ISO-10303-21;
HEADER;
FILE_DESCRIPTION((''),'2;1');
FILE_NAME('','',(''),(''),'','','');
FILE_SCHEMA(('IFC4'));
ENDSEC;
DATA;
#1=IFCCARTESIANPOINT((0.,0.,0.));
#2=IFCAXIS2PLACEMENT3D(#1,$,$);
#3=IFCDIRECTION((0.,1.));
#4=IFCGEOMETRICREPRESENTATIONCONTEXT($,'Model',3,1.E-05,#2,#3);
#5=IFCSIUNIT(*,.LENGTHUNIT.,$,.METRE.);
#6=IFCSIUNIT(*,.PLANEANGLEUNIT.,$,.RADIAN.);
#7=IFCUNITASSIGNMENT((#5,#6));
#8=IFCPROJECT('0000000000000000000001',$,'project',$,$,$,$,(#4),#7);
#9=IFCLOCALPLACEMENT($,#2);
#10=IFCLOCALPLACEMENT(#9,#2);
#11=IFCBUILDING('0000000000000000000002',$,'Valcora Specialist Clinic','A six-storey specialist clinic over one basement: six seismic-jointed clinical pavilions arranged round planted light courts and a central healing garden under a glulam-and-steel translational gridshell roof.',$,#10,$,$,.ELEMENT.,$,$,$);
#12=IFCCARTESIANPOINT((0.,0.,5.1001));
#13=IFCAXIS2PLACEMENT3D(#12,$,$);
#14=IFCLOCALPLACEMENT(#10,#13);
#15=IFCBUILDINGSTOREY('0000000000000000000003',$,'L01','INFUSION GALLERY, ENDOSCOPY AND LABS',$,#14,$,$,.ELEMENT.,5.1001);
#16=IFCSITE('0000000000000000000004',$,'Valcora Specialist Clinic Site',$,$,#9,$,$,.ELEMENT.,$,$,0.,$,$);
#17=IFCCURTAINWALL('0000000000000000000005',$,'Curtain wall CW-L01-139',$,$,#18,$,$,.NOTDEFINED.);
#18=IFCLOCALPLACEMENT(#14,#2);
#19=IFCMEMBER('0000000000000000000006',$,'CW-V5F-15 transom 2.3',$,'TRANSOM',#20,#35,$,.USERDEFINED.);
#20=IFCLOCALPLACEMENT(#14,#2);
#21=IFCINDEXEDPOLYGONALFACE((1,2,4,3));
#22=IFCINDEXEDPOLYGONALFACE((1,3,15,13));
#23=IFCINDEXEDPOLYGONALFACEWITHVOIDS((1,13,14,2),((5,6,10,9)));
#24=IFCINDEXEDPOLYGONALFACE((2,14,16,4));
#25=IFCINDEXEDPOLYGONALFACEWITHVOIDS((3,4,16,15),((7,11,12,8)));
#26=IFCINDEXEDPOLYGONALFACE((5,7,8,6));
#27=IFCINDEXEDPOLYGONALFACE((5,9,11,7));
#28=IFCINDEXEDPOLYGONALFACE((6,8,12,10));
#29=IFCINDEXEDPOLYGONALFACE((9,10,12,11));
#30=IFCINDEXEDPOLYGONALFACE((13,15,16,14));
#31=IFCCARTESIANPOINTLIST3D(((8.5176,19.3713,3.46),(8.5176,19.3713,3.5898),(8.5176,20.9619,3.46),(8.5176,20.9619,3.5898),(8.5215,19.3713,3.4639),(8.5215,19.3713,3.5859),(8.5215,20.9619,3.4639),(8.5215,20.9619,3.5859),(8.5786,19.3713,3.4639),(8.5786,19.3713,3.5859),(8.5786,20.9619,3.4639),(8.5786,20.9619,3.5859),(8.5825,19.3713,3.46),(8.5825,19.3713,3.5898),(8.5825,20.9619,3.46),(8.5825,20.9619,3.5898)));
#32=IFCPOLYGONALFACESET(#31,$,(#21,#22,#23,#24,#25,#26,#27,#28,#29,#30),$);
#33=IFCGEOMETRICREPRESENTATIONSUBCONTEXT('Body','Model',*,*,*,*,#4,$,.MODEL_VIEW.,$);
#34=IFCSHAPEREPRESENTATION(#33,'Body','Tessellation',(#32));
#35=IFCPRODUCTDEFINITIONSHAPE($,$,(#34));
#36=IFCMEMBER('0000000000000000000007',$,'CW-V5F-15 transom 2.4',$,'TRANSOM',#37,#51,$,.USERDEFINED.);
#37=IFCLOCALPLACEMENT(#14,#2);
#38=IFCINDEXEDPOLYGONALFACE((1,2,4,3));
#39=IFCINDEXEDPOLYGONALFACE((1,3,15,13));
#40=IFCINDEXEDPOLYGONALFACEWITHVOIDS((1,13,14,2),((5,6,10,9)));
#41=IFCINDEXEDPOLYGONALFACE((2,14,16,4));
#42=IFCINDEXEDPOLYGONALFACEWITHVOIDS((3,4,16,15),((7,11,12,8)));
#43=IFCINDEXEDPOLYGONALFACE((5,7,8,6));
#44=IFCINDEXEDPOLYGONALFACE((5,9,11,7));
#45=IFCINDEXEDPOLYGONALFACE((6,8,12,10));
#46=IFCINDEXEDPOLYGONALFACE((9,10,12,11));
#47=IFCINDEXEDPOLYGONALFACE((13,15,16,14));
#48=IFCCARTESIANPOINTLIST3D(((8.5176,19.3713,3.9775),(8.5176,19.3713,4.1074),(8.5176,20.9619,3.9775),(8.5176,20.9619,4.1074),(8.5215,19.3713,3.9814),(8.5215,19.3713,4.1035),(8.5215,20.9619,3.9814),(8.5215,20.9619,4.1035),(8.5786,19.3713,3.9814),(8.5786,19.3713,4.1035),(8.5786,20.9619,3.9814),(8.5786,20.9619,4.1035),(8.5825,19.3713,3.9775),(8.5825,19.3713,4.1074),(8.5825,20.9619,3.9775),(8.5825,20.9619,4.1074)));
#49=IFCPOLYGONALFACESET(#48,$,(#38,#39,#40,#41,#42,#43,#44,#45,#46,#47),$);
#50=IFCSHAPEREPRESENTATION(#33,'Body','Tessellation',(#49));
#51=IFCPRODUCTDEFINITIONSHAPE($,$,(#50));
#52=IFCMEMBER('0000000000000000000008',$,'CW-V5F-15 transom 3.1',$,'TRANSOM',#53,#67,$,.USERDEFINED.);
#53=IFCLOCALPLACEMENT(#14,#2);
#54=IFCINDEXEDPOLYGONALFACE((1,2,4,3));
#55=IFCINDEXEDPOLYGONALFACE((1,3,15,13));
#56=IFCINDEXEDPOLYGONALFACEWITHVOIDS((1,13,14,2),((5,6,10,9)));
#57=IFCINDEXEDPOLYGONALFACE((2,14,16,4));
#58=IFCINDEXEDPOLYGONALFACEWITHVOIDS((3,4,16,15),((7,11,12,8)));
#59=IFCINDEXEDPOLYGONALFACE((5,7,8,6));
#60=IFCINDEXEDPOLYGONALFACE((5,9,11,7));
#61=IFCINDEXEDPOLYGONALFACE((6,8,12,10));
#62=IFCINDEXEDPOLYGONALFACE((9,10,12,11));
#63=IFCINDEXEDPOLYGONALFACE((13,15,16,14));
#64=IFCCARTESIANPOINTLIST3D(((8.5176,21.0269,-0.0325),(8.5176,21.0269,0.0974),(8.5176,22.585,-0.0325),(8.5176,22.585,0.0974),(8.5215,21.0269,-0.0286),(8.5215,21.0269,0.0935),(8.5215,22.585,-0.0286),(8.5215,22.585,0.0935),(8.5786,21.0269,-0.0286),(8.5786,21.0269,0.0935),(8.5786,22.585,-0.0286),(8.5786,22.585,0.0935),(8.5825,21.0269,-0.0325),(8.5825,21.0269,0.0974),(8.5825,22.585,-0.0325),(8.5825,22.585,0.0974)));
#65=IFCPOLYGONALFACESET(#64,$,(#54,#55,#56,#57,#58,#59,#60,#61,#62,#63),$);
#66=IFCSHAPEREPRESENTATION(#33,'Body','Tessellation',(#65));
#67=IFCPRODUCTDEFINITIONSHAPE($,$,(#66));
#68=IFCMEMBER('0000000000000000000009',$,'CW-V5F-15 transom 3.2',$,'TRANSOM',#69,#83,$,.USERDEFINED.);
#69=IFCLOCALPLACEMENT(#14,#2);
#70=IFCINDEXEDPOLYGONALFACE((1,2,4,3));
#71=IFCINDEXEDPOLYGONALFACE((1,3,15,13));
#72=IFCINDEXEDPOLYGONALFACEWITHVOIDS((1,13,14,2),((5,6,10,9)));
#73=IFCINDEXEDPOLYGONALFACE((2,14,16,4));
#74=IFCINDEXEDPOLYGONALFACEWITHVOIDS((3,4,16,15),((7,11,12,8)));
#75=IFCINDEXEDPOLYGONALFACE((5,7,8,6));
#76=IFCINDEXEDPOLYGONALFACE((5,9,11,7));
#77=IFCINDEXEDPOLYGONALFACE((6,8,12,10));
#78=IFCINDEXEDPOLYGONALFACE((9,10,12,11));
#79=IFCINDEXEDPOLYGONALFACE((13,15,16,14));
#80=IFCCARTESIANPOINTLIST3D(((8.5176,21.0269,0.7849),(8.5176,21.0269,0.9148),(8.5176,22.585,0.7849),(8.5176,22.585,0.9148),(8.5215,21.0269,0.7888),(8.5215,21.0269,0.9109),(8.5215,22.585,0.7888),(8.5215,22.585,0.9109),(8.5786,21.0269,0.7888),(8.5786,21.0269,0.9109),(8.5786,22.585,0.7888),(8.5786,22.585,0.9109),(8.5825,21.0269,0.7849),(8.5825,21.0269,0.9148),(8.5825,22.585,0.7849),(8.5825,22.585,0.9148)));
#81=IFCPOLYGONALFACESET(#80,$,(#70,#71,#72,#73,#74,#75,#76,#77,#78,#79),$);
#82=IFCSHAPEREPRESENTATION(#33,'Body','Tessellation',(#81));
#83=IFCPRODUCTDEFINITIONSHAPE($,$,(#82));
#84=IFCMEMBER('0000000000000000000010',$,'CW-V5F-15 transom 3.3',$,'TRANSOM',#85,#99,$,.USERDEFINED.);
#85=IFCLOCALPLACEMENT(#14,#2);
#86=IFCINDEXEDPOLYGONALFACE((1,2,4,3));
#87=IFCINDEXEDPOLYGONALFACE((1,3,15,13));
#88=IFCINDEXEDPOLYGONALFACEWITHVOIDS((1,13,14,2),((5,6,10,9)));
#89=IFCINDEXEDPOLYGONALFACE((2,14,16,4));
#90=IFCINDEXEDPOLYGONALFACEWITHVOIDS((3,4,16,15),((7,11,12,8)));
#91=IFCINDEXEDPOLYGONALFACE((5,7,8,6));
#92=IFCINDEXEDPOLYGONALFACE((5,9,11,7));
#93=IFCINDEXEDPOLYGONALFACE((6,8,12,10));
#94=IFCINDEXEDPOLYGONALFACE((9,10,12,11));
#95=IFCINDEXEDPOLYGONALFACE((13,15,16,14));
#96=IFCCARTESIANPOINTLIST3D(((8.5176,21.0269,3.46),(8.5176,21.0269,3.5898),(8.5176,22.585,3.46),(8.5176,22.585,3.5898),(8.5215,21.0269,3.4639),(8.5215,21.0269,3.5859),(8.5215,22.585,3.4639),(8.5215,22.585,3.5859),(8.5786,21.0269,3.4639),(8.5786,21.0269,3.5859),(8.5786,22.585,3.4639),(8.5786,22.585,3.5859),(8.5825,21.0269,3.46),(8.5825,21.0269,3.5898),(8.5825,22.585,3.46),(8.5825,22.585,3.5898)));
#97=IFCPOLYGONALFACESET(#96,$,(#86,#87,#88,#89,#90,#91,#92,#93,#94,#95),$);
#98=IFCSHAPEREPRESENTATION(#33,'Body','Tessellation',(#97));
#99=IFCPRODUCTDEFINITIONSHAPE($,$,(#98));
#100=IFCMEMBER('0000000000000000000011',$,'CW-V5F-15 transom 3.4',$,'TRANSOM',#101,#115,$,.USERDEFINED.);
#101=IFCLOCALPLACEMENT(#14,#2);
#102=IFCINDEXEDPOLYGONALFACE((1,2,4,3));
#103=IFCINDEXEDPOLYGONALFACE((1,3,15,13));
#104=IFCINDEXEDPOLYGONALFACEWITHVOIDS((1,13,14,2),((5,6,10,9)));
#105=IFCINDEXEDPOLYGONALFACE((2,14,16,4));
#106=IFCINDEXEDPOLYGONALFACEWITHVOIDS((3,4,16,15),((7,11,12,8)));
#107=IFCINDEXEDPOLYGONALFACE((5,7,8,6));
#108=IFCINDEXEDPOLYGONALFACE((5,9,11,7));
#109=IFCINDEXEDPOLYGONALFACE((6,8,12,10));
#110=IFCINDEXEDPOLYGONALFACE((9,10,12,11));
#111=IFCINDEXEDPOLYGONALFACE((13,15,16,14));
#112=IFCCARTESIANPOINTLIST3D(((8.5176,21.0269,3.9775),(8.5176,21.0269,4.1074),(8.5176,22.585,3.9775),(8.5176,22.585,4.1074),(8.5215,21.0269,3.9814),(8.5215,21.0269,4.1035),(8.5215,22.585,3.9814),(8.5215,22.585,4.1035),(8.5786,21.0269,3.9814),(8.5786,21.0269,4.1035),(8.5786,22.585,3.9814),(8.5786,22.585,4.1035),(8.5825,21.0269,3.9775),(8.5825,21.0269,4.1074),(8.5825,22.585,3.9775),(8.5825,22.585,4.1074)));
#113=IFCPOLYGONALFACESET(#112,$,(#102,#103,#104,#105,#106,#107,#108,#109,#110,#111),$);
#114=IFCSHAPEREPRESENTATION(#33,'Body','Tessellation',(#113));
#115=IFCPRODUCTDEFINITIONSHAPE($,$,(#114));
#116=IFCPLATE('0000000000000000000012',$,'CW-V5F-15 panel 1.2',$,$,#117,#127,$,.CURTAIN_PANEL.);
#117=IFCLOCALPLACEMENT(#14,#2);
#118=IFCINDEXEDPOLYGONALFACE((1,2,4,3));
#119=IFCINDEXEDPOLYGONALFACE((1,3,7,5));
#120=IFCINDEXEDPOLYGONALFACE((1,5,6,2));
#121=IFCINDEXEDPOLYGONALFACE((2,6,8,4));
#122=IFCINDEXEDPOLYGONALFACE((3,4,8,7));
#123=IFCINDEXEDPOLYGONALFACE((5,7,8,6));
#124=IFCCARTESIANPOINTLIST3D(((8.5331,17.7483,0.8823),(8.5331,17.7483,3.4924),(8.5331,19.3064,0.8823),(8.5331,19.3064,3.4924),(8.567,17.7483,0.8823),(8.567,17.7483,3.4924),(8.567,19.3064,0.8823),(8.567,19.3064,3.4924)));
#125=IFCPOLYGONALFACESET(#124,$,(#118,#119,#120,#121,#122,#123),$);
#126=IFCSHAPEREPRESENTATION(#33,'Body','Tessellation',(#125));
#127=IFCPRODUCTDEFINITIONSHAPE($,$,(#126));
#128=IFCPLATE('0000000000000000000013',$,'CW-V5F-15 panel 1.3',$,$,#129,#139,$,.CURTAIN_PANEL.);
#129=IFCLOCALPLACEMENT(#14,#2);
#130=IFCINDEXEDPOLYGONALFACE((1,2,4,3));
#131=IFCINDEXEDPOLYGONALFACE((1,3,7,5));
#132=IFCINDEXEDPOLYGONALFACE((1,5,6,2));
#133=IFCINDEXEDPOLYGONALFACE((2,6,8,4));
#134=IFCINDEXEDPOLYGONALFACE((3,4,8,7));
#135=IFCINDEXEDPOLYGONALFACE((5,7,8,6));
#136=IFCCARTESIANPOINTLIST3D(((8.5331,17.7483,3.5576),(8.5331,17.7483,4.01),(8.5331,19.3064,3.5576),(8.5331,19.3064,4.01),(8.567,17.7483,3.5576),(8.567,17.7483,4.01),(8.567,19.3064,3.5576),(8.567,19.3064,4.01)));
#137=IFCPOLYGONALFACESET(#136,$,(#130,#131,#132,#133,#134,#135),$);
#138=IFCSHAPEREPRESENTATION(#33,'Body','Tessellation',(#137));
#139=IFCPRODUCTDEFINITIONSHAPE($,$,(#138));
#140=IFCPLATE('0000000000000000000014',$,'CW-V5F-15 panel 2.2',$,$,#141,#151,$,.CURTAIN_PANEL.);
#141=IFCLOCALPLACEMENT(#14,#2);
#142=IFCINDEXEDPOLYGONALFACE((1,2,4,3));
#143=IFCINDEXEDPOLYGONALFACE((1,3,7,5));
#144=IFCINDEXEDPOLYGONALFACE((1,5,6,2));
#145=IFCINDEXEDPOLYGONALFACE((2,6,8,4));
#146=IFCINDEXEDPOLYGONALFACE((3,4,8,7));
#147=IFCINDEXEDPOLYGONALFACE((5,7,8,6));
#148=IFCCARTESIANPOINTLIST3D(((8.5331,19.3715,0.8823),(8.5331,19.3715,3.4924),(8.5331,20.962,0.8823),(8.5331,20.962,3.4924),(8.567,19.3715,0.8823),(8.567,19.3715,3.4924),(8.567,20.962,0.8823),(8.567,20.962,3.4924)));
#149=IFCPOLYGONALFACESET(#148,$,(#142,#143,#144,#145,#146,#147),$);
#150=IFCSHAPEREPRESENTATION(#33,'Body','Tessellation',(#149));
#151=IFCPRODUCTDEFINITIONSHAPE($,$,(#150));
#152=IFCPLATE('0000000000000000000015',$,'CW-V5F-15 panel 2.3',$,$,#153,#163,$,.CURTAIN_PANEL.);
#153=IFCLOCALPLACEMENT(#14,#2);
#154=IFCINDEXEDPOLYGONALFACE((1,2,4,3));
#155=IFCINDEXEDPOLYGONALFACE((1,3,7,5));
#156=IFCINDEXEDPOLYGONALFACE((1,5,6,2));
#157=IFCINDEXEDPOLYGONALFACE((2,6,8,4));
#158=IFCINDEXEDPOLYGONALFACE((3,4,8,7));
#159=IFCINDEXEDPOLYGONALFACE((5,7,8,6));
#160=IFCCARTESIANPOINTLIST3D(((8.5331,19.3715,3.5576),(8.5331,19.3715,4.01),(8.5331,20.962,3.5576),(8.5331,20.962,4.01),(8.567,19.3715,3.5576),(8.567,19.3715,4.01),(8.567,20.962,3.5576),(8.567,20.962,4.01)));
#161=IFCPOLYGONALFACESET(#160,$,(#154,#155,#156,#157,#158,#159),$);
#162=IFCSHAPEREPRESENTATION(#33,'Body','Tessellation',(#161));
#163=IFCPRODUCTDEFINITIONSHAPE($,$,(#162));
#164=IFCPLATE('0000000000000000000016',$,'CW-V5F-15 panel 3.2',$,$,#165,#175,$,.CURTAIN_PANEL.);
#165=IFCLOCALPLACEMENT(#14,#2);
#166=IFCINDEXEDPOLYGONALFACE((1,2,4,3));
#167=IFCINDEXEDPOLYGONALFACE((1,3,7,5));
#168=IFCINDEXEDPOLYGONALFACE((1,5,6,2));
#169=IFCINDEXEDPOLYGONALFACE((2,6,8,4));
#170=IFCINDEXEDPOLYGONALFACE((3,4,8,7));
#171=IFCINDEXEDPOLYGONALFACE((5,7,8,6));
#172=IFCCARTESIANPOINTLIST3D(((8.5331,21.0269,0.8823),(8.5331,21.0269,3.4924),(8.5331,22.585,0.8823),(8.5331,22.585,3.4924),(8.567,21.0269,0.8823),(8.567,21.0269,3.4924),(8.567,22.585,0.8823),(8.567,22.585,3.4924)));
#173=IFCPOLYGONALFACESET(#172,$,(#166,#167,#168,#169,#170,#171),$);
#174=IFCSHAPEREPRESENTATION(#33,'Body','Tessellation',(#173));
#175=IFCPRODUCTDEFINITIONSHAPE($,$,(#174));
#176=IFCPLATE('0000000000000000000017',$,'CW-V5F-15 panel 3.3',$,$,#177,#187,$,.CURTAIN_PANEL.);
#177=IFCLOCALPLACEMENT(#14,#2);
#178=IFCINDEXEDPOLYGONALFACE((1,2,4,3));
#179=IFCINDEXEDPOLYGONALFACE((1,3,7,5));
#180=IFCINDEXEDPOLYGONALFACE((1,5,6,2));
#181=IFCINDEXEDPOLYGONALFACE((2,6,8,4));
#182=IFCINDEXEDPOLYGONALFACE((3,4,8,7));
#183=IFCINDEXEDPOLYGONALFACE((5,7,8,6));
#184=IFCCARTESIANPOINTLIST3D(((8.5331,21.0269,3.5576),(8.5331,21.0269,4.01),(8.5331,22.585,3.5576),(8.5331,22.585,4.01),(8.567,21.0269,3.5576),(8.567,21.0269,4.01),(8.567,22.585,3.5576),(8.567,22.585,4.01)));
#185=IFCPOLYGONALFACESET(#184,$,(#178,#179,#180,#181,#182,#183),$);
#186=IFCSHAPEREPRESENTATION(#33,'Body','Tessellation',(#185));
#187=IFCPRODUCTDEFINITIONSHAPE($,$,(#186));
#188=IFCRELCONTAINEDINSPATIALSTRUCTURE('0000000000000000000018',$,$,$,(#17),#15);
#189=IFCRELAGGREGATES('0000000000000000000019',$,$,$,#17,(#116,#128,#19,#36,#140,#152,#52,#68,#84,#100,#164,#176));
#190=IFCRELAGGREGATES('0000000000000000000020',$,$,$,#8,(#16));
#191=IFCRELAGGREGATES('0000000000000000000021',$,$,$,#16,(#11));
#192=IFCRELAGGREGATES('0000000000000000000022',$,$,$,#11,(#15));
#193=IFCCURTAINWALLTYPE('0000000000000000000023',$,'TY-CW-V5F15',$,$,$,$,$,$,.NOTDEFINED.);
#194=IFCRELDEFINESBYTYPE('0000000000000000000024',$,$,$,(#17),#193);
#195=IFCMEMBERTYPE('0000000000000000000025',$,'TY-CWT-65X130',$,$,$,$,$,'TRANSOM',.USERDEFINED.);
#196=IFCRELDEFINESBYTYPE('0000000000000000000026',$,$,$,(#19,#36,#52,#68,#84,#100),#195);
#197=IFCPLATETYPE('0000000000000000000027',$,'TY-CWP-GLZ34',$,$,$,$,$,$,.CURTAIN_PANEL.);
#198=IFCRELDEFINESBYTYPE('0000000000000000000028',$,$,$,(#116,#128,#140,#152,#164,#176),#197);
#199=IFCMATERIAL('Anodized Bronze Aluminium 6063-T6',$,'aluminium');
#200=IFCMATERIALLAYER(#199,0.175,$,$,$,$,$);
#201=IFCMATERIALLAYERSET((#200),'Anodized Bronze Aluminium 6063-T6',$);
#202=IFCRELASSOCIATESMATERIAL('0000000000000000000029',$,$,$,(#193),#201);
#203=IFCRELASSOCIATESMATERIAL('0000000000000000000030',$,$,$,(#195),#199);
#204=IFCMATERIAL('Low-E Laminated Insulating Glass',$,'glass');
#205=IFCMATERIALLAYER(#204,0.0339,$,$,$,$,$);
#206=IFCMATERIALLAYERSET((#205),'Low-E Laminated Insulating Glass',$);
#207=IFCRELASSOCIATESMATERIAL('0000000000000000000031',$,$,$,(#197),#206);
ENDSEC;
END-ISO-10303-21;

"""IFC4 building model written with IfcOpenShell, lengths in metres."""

from ifc_helpers import new_model, si_unit, direction, frame, origin, origin_2d, place, context, subcontext, project, spatial, rectangle, hollow_rectangle, extrude, material, layer, layer_set, material_profile, profile_set, type_object, element, aggregate, save


model = new_model("IFC4")

# Units and contexts
model_context = context("Model", 3, precision=1e-05, world=origin(), true_north=direction((0.0, 1.0)))
body_context = subcontext(model_context, "Body", "Model", "MODEL_VIEW")
ifc_project = project(units=[si_unit("LENGTHUNIT", "METRE"), si_unit("PLANEANGLEUNIT", "RADIAN")], contexts=[model_context])

# Site, building, storey
site_placement = place(None, origin())
site = spatial("IfcSite", under=ifc_project, at=site_placement, Name="Valcora Specialist Clinic Site", CompositionType="ELEMENT", RefElevation=0.0)
building_placement = place(site_placement, origin())
building = spatial("IfcBuilding", under=site, at=building_placement, Name="Valcora Specialist Clinic", Description="A six-storey specialist clinic over one basement: six seismic-jointed clinical pavilions arranged round planted light courts and a central healing garden under a glulam-and-steel translational gridshell roof.", CompositionType="ELEMENT")
storey_placement = place(building_placement, frame((0.0, 0.0, 5.1001)))
storey = spatial("IfcBuildingStorey", under=building, at=storey_placement, Name="L01", Description="INFUSION GALLERY, ENDOSCOPY AND LABS", CompositionType="ELEMENT", Elevation=5.1001)

# Curtain wall, members, plates
ifc_material_1 = material(Name="Anodized Bronze Aluminium 6063-T6", Category="aluminium")
ifc_layer_1 = layer(ifc_material_1, 0.175)
ifc_layer_set_1 = layer_set([ifc_layer_1], Name="Anodized Bronze Aluminium 6063-T6")
curtain_wall_type = type_object("IfcCurtainWallType", Name="TY-CW-V5F15", PredefinedType="NOTDEFINED", material=ifc_layer_set_1)
curtain_wall_placement = place(storey_placement, origin())
curtain_wall = element("IfcCurtainWall", 1, at=curtain_wall_placement, inside=storey, type_object=curtain_wall_type, Name="Curtain wall CW-L01-139", PredefinedType="NOTDEFINED")
ifc_material_profile_1 = material_profile(ifc_material_1, hollow_rectangle(XDim=0.0649, YDim=0.1299, WallThickness=0.0039, at=origin_2d()), Name="AL-TRN-65X130")
ifc_profile_set_1 = profile_set([ifc_material_profile_1], Name="Anodized Bronze Aluminium 6063-T6")
member_type_1 = type_object("IfcMemberType", Name="TY-CWT-65X130", ElementType="TRANSOM", PredefinedType="USERDEFINED", material=ifc_profile_set_1)
member_1_placement = place(storey_placement, frame((8.55, 19.3713, 3.5249), z_axis=(0.0, 1.0, 0.0), x_axis=(-1.0, 0.0, 0.0)))
member_1 = element("IfcMember", 2, at=member_1_placement, type_object=member_type_1, Name="CW-V5F-15 transom 2.3", ObjectType="TRANSOM", PredefinedType="USERDEFINED", context=body_context, shape_type="SweptSolid", body=[
    extrude(hollow_rectangle(XDim=0.0649, YDim=0.1299, WallThickness=0.0039, at=origin_2d()), origin(), (0.0, 0.0, 1.0), 1.5906),
])
member_2_placement = place(storey_placement, frame((8.55, 19.3713, 4.0425), z_axis=(0.0, 1.0, 0.0), x_axis=(-1.0, 0.0, 0.0)))
member_2 = element("IfcMember", 3, at=member_2_placement, type_object=member_type_1, Name="CW-V5F-15 transom 2.4", ObjectType="TRANSOM", PredefinedType="USERDEFINED", context=body_context, shape_type="SweptSolid", body=[
    extrude(hollow_rectangle(XDim=0.0649, YDim=0.1299, WallThickness=0.0039, at=origin_2d()), origin(), (0.0, 0.0, 1.0), 1.5906),
])
member_3_placement = place(storey_placement, frame((8.55, 21.0269, 0.0325), z_axis=(0.0, 1.0, 0.0), x_axis=(-1.0, 0.0, 0.0)))
member_3 = element("IfcMember", 4, at=member_3_placement, type_object=member_type_1, Name="CW-V5F-15 transom 3.1", ObjectType="TRANSOM", PredefinedType="USERDEFINED", context=body_context, shape_type="SweptSolid", body=[
    extrude(hollow_rectangle(XDim=0.0649, YDim=0.1299, WallThickness=0.0039, at=origin_2d()), origin(), (0.0, 0.0, 1.0), 1.5581),
])
member_4_placement = place(storey_placement, frame((8.55, 21.0269, 0.8499), z_axis=(0.0, 1.0, 0.0), x_axis=(-1.0, 0.0, 0.0)))
member_4 = element("IfcMember", 5, at=member_4_placement, type_object=member_type_1, Name="CW-V5F-15 transom 3.2", ObjectType="TRANSOM", PredefinedType="USERDEFINED", context=body_context, shape_type="SweptSolid", body=[
    extrude(hollow_rectangle(XDim=0.0649, YDim=0.1299, WallThickness=0.0039, at=origin_2d()), origin(), (0.0, 0.0, 1.0), 1.5581),
])
member_5_placement = place(storey_placement, frame((8.55, 21.0269, 3.5249), z_axis=(0.0, 1.0, 0.0), x_axis=(-1.0, 0.0, 0.0)))
member_5 = element("IfcMember", 6, at=member_5_placement, type_object=member_type_1, Name="CW-V5F-15 transom 3.3", ObjectType="TRANSOM", PredefinedType="USERDEFINED", context=body_context, shape_type="SweptSolid", body=[
    extrude(hollow_rectangle(XDim=0.0649, YDim=0.1299, WallThickness=0.0039, at=origin_2d()), origin(), (0.0, 0.0, 1.0), 1.5581),
])
member_6_placement = place(storey_placement, frame((8.55, 21.0269, 4.0425), z_axis=(0.0, 1.0, 0.0), x_axis=(-1.0, 0.0, 0.0)))
member_6 = element("IfcMember", 7, at=member_6_placement, type_object=member_type_1, Name="CW-V5F-15 transom 3.4", ObjectType="TRANSOM", PredefinedType="USERDEFINED", context=body_context, shape_type="SweptSolid", body=[
    extrude(hollow_rectangle(XDim=0.0649, YDim=0.1299, WallThickness=0.0039, at=origin_2d()), origin(), (0.0, 0.0, 1.0), 1.5581),
])
ifc_material_2 = material(Name="Low-E Laminated Insulating Glass", Category="glass")
ifc_layer_2 = layer(ifc_material_2, 0.0339)
ifc_layer_set_2 = layer_set([ifc_layer_2], Name="Low-E Laminated Insulating Glass")
plate_type_1 = type_object("IfcPlateType", Name="TY-CWP-GLZ34", PredefinedType="CURTAIN_PANEL", material=ifc_layer_set_2)
plate_1_placement = place(storey_placement, frame((8.55, 18.5273, 0.8823), z_axis=(0.0, 0.0, 1.0), x_axis=(0.0, 1.0, 0.0)))
plate_1 = element("IfcPlate", 8, at=plate_1_placement, type_object=plate_type_1, Name="CW-V5F-15 panel 1.2", PredefinedType="CURTAIN_PANEL", context=body_context, shape_type="SweptSolid", body=[
    extrude(rectangle(XDim=1.5581, YDim=0.0339, at=origin_2d()), origin(), (0.0, 0.0, 1.0), 2.6101),
])
plate_2_placement = place(storey_placement, frame((8.55, 18.5273, 3.5576), z_axis=(0.0, 0.0, 1.0), x_axis=(0.0, 1.0, 0.0)))
plate_2 = element("IfcPlate", 9, at=plate_2_placement, type_object=plate_type_1, Name="CW-V5F-15 panel 1.3", PredefinedType="CURTAIN_PANEL", context=body_context, shape_type="SweptSolid", body=[
    extrude(rectangle(XDim=1.5581, YDim=0.0339, at=origin_2d()), origin(), (0.0, 0.0, 1.0), 0.4524),
])
plate_3_placement = place(storey_placement, frame((8.55, 20.1667, 0.8823), z_axis=(0.0, 0.0, 1.0), x_axis=(0.0, 1.0, 0.0)))
plate_3 = element("IfcPlate", 10, at=plate_3_placement, type_object=plate_type_1, Name="CW-V5F-15 panel 2.2", PredefinedType="CURTAIN_PANEL", context=body_context, shape_type="SweptSolid", body=[
    extrude(rectangle(XDim=1.5906, YDim=0.0339, at=origin_2d()), origin(), (0.0, 0.0, 1.0), 2.6101),
])
plate_4_placement = place(storey_placement, frame((8.55, 20.1667, 3.5576), z_axis=(0.0, 0.0, 1.0), x_axis=(0.0, 1.0, 0.0)))
plate_4 = element("IfcPlate", 11, at=plate_4_placement, type_object=plate_type_1, Name="CW-V5F-15 panel 2.3", PredefinedType="CURTAIN_PANEL", context=body_context, shape_type="SweptSolid", body=[
    extrude(rectangle(XDim=1.5906, YDim=0.0339, at=origin_2d()), origin(), (0.0, 0.0, 1.0), 0.4524),
])
plate_5_placement = place(storey_placement, frame((8.55, 21.8059, 0.8823), z_axis=(0.0, 0.0, 1.0), x_axis=(0.0, 1.0, 0.0)))
plate_5 = element("IfcPlate", 12, at=plate_5_placement, type_object=plate_type_1, Name="CW-V5F-15 panel 3.2", PredefinedType="CURTAIN_PANEL", context=body_context, shape_type="SweptSolid", body=[
    extrude(rectangle(XDim=1.5581, YDim=0.0339, at=origin_2d()), origin(), (0.0, 0.0, 1.0), 2.6101),
])
plate_6_placement = place(storey_placement, frame((8.55, 21.8059, 3.5576), z_axis=(0.0, 0.0, 1.0), x_axis=(0.0, 1.0, 0.0)))
plate_6 = element("IfcPlate", 13, at=plate_6_placement, type_object=plate_type_1, Name="CW-V5F-15 panel 3.3", PredefinedType="CURTAIN_PANEL", context=body_context, shape_type="SweptSolid", body=[
    extrude(rectangle(XDim=1.5581, YDim=0.0339, at=origin_2d()), origin(), (0.0, 0.0, 1.0), 0.4524),
])
aggregate(curtain_wall, [plate_1, plate_2, member_1, member_2, plate_3, plate_4, member_3, member_4, member_5, member_6, plate_5, plate_6])

save(model, "model.ifc")
